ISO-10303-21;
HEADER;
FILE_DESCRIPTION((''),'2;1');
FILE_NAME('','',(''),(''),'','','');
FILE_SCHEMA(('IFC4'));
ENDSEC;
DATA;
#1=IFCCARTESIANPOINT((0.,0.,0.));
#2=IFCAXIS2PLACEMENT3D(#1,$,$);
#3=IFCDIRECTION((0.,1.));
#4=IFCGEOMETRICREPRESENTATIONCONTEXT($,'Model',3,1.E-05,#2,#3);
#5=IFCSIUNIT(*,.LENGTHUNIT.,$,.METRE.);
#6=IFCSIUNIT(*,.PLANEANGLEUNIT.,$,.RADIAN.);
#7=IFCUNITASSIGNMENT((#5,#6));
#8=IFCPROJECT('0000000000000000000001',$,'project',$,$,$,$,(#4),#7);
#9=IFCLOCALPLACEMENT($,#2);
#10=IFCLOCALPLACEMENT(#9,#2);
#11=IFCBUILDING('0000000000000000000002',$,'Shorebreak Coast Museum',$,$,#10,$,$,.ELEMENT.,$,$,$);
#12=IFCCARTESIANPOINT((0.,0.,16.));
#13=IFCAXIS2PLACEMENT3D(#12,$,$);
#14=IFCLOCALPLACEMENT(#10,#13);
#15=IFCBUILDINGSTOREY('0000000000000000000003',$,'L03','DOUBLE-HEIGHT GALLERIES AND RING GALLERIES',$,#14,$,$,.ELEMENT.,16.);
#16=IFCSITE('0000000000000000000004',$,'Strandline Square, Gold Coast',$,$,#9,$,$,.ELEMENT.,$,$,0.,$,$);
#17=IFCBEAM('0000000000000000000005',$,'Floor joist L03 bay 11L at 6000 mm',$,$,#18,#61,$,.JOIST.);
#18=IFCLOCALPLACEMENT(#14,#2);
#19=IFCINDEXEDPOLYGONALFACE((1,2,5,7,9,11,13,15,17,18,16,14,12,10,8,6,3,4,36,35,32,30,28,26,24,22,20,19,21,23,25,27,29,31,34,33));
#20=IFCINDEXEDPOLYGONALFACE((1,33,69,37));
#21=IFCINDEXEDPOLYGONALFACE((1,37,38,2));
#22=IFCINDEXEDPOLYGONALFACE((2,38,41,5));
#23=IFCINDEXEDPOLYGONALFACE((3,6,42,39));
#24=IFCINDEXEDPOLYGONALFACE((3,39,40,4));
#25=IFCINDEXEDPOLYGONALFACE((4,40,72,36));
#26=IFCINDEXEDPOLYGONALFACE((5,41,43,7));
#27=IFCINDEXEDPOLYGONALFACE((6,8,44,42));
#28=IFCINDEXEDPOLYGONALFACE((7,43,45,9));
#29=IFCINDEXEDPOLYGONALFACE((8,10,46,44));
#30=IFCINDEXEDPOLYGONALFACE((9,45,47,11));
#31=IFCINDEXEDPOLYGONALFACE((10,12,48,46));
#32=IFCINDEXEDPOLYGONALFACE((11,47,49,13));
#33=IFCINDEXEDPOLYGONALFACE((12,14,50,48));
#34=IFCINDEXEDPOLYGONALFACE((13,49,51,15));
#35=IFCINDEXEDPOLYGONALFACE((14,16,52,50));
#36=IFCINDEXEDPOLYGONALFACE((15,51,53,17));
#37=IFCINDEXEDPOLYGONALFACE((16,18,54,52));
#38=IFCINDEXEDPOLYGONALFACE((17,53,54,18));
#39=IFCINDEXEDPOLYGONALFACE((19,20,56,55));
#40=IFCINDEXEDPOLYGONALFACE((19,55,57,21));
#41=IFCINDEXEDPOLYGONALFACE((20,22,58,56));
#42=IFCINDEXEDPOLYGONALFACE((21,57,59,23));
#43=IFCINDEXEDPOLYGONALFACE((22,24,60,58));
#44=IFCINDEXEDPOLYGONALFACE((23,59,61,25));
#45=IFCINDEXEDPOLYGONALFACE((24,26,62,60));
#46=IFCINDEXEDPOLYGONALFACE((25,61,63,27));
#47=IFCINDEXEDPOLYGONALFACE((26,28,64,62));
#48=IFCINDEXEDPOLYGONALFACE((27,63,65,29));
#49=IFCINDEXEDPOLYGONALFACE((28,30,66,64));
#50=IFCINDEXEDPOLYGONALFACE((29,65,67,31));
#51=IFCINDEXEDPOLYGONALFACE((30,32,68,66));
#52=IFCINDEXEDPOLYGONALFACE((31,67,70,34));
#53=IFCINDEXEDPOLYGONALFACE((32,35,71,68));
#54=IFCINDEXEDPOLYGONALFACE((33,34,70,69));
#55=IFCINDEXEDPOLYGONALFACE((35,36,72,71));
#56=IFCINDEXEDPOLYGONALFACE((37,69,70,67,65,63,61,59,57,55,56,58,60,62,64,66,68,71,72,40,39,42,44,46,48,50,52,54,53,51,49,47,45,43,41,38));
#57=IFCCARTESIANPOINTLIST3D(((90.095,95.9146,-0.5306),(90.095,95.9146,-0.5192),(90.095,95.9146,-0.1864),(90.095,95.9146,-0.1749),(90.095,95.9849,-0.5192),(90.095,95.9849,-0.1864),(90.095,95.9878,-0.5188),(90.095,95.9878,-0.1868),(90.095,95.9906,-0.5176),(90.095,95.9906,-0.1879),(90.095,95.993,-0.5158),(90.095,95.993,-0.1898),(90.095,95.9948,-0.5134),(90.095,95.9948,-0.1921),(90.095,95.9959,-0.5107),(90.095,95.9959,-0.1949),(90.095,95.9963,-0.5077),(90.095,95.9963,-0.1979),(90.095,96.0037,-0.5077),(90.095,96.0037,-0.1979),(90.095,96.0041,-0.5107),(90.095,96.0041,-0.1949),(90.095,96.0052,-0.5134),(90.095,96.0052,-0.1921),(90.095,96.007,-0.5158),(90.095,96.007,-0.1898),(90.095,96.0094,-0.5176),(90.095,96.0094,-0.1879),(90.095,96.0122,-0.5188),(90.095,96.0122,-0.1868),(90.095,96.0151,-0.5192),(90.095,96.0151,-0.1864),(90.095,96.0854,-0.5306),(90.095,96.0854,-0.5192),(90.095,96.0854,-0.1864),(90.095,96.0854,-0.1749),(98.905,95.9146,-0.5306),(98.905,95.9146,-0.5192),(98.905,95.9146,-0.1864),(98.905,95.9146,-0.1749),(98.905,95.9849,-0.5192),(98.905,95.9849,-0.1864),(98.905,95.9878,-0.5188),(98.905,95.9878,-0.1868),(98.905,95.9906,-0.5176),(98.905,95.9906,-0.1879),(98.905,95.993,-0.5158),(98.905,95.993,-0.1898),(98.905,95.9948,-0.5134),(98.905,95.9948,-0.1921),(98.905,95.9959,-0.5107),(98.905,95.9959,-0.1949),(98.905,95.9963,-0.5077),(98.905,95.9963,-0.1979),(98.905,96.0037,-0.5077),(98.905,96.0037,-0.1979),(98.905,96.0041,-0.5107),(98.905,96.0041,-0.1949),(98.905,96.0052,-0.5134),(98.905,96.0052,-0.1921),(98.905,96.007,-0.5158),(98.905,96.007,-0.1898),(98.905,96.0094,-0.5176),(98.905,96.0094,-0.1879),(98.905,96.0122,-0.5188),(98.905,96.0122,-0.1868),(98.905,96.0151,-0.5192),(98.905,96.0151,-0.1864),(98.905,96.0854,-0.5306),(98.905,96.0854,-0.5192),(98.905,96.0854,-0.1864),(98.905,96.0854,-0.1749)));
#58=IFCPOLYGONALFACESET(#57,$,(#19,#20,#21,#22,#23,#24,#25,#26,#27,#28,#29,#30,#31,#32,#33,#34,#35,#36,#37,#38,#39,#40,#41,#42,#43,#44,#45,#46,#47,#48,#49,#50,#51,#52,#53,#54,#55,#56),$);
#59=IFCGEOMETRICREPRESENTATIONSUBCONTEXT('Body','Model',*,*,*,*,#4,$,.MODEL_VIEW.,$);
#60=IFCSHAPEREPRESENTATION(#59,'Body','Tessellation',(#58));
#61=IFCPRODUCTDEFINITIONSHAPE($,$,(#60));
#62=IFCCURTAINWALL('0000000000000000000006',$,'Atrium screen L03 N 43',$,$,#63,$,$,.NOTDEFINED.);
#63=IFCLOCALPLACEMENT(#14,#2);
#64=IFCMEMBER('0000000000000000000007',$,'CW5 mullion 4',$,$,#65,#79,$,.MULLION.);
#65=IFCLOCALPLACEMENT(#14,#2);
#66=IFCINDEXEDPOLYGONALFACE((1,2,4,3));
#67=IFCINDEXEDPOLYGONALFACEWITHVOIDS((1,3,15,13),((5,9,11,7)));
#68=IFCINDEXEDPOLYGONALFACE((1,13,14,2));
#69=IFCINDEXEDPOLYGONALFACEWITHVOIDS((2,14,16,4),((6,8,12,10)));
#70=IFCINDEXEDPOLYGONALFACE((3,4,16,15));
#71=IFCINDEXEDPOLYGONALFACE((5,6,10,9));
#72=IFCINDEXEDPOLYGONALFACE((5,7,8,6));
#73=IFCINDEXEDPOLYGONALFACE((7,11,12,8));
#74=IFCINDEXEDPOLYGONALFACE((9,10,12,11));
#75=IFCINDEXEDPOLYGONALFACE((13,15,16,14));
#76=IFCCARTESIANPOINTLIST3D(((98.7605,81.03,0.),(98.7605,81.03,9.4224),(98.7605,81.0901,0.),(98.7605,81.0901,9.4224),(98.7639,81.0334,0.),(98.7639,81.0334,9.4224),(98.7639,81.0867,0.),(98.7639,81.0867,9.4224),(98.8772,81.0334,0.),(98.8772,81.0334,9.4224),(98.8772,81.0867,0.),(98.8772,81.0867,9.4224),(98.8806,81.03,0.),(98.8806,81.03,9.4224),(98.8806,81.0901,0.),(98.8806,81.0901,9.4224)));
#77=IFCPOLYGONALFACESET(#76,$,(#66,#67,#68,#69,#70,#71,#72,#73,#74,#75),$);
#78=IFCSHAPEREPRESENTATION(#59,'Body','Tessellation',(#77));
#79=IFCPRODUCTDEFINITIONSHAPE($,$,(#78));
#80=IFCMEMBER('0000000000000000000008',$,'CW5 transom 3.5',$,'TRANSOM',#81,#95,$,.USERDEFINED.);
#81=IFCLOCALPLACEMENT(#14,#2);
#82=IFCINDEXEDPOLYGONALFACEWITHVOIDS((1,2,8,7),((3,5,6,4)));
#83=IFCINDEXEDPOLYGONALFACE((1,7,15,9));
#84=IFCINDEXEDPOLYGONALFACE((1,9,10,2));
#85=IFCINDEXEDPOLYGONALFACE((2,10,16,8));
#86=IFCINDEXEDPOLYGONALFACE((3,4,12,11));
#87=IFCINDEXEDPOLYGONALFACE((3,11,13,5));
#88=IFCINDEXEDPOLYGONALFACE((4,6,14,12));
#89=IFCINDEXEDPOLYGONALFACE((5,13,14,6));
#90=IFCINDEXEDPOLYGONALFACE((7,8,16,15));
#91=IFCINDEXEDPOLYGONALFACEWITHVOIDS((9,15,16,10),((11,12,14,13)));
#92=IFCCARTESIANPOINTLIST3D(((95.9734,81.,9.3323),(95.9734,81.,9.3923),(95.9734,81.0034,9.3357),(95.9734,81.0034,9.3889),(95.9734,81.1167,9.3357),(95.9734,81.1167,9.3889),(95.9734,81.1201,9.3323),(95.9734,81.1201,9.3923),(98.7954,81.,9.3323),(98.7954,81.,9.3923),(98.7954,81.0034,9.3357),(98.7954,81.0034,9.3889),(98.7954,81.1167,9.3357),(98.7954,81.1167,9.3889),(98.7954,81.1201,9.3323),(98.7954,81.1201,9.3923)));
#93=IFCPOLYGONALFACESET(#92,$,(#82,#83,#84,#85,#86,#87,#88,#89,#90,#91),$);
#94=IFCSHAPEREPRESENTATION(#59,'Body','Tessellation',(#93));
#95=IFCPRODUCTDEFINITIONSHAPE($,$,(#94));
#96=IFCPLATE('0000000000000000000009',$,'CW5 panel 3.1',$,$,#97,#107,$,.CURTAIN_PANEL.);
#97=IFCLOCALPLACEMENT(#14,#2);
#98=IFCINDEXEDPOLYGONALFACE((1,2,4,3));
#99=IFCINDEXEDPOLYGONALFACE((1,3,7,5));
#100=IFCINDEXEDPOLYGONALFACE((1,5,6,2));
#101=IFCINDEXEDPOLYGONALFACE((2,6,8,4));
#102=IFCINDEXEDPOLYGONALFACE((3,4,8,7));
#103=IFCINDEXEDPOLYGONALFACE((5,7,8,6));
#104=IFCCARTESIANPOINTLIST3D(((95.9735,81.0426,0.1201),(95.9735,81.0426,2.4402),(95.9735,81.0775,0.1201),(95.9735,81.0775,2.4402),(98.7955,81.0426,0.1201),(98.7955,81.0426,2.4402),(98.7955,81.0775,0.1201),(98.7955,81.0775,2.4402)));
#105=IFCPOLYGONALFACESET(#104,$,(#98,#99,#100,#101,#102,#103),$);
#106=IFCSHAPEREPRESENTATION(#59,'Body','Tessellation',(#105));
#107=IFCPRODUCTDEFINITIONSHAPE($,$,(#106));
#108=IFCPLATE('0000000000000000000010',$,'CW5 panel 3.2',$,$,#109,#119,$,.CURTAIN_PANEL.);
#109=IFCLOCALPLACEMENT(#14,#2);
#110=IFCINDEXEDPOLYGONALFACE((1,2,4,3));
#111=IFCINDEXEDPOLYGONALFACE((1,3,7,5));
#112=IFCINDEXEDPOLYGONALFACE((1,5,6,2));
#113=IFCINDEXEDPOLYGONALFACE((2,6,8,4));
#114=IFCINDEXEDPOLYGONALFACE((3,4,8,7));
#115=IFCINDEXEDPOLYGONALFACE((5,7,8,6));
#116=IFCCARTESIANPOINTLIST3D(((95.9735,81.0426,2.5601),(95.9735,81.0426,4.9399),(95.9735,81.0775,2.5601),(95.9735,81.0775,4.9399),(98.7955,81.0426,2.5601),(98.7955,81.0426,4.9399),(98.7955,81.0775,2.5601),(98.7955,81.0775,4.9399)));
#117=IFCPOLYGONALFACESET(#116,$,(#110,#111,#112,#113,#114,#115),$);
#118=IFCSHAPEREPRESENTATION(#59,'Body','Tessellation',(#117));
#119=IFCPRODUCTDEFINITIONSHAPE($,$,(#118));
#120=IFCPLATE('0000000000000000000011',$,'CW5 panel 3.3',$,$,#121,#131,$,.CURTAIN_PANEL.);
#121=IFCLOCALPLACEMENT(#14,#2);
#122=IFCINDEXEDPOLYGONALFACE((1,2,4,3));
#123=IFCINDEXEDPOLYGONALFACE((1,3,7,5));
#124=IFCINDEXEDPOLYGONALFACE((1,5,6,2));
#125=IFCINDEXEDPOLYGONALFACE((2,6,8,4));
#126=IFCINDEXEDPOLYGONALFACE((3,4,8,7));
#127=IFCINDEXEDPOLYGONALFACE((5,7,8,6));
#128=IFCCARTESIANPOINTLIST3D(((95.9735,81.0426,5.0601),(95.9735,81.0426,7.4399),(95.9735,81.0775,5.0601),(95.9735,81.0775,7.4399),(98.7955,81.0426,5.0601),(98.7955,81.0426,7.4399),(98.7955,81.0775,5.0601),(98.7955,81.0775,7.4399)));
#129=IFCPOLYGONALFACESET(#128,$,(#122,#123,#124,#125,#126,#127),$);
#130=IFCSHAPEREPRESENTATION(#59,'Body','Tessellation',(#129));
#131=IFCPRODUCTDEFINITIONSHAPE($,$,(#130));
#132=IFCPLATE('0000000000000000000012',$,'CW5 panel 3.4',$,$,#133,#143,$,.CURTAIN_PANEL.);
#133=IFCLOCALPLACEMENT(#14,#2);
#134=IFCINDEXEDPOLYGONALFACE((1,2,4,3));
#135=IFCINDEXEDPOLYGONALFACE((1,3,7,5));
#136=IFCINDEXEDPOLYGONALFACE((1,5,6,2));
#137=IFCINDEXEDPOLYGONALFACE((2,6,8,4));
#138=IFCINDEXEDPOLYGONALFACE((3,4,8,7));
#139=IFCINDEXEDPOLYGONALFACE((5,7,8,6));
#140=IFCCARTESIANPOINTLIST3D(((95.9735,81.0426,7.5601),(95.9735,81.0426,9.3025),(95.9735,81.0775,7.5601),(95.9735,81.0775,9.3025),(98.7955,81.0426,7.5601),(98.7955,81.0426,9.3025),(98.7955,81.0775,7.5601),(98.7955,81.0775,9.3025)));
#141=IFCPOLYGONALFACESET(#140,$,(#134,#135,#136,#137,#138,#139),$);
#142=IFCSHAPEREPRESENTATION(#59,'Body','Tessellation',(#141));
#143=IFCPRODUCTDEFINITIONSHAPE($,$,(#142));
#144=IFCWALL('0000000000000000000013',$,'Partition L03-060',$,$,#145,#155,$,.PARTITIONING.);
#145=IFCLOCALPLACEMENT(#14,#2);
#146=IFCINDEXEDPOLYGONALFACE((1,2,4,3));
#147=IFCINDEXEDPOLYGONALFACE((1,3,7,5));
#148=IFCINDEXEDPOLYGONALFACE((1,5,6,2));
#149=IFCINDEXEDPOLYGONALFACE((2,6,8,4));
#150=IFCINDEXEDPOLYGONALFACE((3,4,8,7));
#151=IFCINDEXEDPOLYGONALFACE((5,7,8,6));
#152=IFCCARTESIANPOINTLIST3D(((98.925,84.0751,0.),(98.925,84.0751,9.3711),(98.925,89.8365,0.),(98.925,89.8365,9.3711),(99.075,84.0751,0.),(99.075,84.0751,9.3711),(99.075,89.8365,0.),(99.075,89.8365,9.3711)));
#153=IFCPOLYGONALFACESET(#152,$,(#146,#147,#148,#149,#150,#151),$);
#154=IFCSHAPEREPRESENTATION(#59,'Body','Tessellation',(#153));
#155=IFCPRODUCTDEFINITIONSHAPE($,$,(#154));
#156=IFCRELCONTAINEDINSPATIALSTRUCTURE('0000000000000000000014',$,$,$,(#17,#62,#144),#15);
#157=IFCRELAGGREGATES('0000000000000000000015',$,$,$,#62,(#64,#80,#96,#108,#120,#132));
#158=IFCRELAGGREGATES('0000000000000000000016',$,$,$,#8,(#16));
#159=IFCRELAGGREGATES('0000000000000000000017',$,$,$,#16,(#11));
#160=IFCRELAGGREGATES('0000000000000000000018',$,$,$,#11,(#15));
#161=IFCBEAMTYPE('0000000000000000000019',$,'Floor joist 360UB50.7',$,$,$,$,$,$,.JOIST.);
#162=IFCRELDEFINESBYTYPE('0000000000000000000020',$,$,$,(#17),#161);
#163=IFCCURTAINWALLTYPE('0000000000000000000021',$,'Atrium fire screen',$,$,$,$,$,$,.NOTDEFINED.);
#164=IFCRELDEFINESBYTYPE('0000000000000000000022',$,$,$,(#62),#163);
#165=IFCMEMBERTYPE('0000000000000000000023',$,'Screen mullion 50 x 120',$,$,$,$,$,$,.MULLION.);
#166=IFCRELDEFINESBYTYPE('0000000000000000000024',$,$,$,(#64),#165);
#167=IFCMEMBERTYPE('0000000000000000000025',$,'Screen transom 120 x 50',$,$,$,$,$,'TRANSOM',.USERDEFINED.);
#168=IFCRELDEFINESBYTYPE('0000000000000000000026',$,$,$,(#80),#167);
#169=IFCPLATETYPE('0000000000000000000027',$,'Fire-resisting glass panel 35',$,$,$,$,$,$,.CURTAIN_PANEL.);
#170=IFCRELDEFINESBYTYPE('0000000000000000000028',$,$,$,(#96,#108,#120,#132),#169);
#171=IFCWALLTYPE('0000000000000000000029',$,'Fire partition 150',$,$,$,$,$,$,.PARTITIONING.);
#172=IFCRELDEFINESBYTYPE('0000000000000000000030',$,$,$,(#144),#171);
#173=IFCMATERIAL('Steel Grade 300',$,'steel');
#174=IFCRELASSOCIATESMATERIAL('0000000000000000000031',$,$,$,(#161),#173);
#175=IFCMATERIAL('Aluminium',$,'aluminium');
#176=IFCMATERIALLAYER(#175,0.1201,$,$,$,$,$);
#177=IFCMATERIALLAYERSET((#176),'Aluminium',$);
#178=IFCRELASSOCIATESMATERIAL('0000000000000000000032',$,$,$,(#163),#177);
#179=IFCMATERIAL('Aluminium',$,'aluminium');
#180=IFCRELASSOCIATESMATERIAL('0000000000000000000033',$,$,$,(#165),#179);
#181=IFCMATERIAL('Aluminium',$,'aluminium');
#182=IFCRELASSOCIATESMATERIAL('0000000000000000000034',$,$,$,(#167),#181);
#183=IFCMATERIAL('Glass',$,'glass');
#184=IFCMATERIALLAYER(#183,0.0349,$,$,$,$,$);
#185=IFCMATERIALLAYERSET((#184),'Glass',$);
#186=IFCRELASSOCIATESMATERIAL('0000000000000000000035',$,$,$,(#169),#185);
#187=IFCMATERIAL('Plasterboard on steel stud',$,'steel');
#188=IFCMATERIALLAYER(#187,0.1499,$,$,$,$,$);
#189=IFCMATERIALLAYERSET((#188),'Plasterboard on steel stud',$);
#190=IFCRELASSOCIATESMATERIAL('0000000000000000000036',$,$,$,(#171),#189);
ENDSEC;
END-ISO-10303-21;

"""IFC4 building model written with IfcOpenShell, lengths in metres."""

from ifc_helpers import new_model, si_unit, direction, frame, frame_2d, origin, origin_2d, place, context, subcontext, project, spatial, rectangle, hollow_rectangle, i_section, extrude, material, layer, layer_set, material_profile, profile_set, type_object, element, aggregate, save


model = new_model("IFC4")

# Units and contexts
model_context = context("Model", 3, precision=1e-05, world=origin(), true_north=direction((0.0, 1.0)))
body_context = subcontext(model_context, "Body", "Model", "MODEL_VIEW")
ifc_project = project(units=[si_unit("LENGTHUNIT", "METRE"), si_unit("PLANEANGLEUNIT", "RADIAN")], contexts=[model_context])

# Site, building, storey
site_placement = place(None, origin())
site = spatial("IfcSite", under=ifc_project, at=site_placement, Name="Strandline Square, Gold Coast", CompositionType="ELEMENT", RefElevation=0.0)
building_placement = place(site_placement, origin())
building = spatial("IfcBuilding", under=site, at=building_placement, Name="Shorebreak Coast Museum", CompositionType="ELEMENT")
storey_placement = place(building_placement, frame((0.0, 0.0, 16.0)))
storey = spatial("IfcBuildingStorey", under=building, at=storey_placement, Name="L03", Description="DOUBLE-HEIGHT GALLERIES AND RING GALLERIES", CompositionType="ELEMENT", Elevation=16.0)

# Beam
ifc_material_1 = material(Name="Steel Grade 300", Category="steel")
ifc_material_profile_1 = material_profile(ifc_material_1, i_section(OverallWidth=0.1709, OverallDepth=0.3557, WebThickness=0.0073, FlangeThickness=0.0115, FilletRadius=0.0115, at=origin_2d()), Name="360UB50.7")
ifc_profile_set_1 = profile_set([ifc_material_profile_1], Name="Steel Grade 300")
beam_type_1 = type_object("IfcBeamType", Name="Floor joist 360UB50.7", PredefinedType="JOIST", material=ifc_profile_set_1)
for number, where, z_axis, x_axis, name in (
    (1, (90.095, 96.0, -0.3528), (1.0, 0.0, 0.0), (0.0, 1.0, 0.0), "Floor joist L03 bay 11L at 6000 mm"),
):
    element("IfcBeam", number, at=place(storey_placement, frame(where, z_axis=z_axis, x_axis=x_axis)), inside=storey, type_object=beam_type_1, Name=name, PredefinedType="JOIST", context=body_context, shape_type="SweptSolid", body=[
        extrude(i_section(OverallWidth=0.1709, OverallDepth=0.3557, WebThickness=0.0073, FlangeThickness=0.0115, FilletRadius=0.0115, at=origin_2d()), origin(), (0.0, 0.0, 1.0), 8.8101),
    ])

# Curtain wall, members, plates
ifc_material_2 = material(Name="Aluminium", Category="aluminium")
ifc_layer_1 = layer(ifc_material_2, 0.1201)
ifc_layer_set_1 = layer_set([ifc_layer_1], Name="Aluminium")
curtain_wall_type = type_object("IfcCurtainWallType", Name="Atrium fire screen", PredefinedType="NOTDEFINED", material=ifc_layer_set_1)
curtain_wall_placement = place(storey_placement, origin())
curtain_wall = element("IfcCurtainWall", 2, at=curtain_wall_placement, inside=storey, type_object=curtain_wall_type, Name="Atrium screen L03 N 43", PredefinedType="NOTDEFINED")
ifc_material_3 = material(Name="Aluminium", Category="aluminium")
ifc_material_profile_2 = material_profile(ifc_material_3, hollow_rectangle(XDim=0.0601, YDim=0.1201, WallThickness=0.0034, at=origin_2d()), Name="AL 120x60 RHS")
ifc_profile_set_2 = profile_set([ifc_material_profile_2], Name="Aluminium")
member_type_1 = type_object("IfcMemberType", Name="Screen mullion 50 x 120", PredefinedType="MULLION", material=ifc_profile_set_2)
member_1_placement = place(storey_placement, frame((98.8206, 81.0601, 0.0), z_axis=(0.0, 0.0, 1.0), x_axis=(0.0, 1.0, 0.0)))
member_1 = element("IfcMember", 3, at=member_1_placement, type_object=member_type_1, Name="CW5 mullion 4", PredefinedType="MULLION", context=body_context, shape_type="SweptSolid", body=[
    extrude(hollow_rectangle(XDim=0.0601, YDim=0.1201, WallThickness=0.0034, at=origin_2d()), origin(), (0.0, 0.0, 1.0), 9.4224),
])
ifc_material_4 = material(Name="Aluminium", Category="aluminium")
ifc_material_profile_3 = material_profile(ifc_material_4, hollow_rectangle(XDim=0.1201, YDim=0.0601, WallThickness=0.0034, at=origin_2d()), Name="AL 60x120 RHS")
ifc_profile_set_3 = profile_set([ifc_material_profile_3], Name="Aluminium")
member_type_2 = type_object("IfcMemberType", Name="Screen transom 120 x 50", ElementType="TRANSOM", PredefinedType="USERDEFINED", material=ifc_profile_set_3)
member_2_placement = place(storey_placement, frame((95.9734, 81.0601, 9.3623), z_axis=(1.0, 0.0, 0.0), x_axis=(0.0, 1.0, 0.0)))
member_2 = element("IfcMember", 4, at=member_2_placement, type_object=member_type_2, Name="CW5 transom 3.5", ObjectType="TRANSOM", PredefinedType="USERDEFINED", context=body_context, shape_type="SweptSolid", body=[
    extrude(hollow_rectangle(XDim=0.1201, YDim=0.0601, WallThickness=0.0034, at=origin_2d()), origin(), (0.0, 0.0, 1.0), 2.822),
])
ifc_material_5 = material(Name="Glass", Category="glass")
ifc_layer_2 = layer(ifc_material_5, 0.0349)
ifc_layer_set_2 = layer_set([ifc_layer_2], Name="Glass")
plate_type = type_object("IfcPlateType", Name="Fire-resisting glass panel 35", PredefinedType="CURTAIN_PANEL", material=ifc_layer_set_2)
plate_1_placement = place(storey_placement, frame((97.3845, 81.0601, 0.1201), z_axis=(0.0, 0.0, 1.0), x_axis=(1.0, 0.0, 0.0)))
plate_1 = element("IfcPlate", 5, at=plate_1_placement, type_object=plate_type, Name="CW5 panel 3.1", PredefinedType="CURTAIN_PANEL", context=body_context, shape_type="SweptSolid", body=[
    extrude(rectangle(XDim=2.822, YDim=0.0349, at=origin_2d()), origin(), (0.0, 0.0, 1.0), 2.3201),
])
plate_2_placement = place(storey_placement, frame((97.3845, 81.0601, 2.5601), z_axis=(0.0, 0.0, 1.0), x_axis=(1.0, 0.0, 0.0)))
plate_2 = element("IfcPlate", 6, at=plate_2_placement, type_object=plate_type, Name="CW5 panel 3.2", PredefinedType="CURTAIN_PANEL", context=body_context, shape_type="SweptSolid", body=[
    extrude(rectangle(XDim=2.822, YDim=0.0349, at=origin_2d()), origin(), (0.0, 0.0, 1.0), 2.3799),
])
plate_3_placement = place(storey_placement, frame((97.3845, 81.0601, 5.0601), z_axis=(0.0, 0.0, 1.0), x_axis=(1.0, 0.0, 0.0)))
plate_3 = element("IfcPlate", 7, at=plate_3_placement, type_object=plate_type, Name="CW5 panel 3.3", PredefinedType="CURTAIN_PANEL", context=body_context, shape_type="SweptSolid", body=[
    extrude(rectangle(XDim=2.822, YDim=0.0349, at=origin_2d()), origin(), (0.0, 0.0, 1.0), 2.3799),
])
plate_4_placement = place(storey_placement, frame((97.3845, 81.0601, 7.5601), z_axis=(0.0, 0.0, 1.0), x_axis=(1.0, 0.0, 0.0)))
plate_4 = element("IfcPlate", 8, at=plate_4_placement, type_object=plate_type, Name="CW5 panel 3.4", PredefinedType="CURTAIN_PANEL", context=body_context, shape_type="SweptSolid", body=[
    extrude(rectangle(XDim=2.822, YDim=0.0349, at=origin_2d()), origin(), (0.0, 0.0, 1.0), 1.7424),
])
aggregate(curtain_wall, [member_1, member_2, plate_1, plate_2, plate_3, plate_4])

# Wall
ifc_material_6 = material(Name="Plasterboard on steel stud", Category="steel")
ifc_layer_3 = layer(ifc_material_6, 0.1499)
ifc_layer_set_3 = layer_set([ifc_layer_3], Name="Plasterboard on steel stud")
wall_type_1 = type_object("IfcWallType", Name="Fire partition 150", PredefinedType="PARTITIONING", material=ifc_layer_set_3)
wall_1_placement = place(storey_placement, frame((99.0, 84.075, 0.0), z_axis=(0.0, 0.0, 1.0), x_axis=(0.0, 1.0, 0.0)))
element("IfcWall", 9, at=wall_1_placement, inside=storey, type_object=wall_type_1, Name="Partition L03-060", PredefinedType="PARTITIONING", context=body_context, shape_type="SweptSolid", body=[
    extrude(rectangle(XDim=5.7615, YDim=0.1499, at=frame_2d((2.8809, 0.0))), origin(), (0.0, 0.0, 1.0), 9.3711),
])

save(model, "model.ifc")
